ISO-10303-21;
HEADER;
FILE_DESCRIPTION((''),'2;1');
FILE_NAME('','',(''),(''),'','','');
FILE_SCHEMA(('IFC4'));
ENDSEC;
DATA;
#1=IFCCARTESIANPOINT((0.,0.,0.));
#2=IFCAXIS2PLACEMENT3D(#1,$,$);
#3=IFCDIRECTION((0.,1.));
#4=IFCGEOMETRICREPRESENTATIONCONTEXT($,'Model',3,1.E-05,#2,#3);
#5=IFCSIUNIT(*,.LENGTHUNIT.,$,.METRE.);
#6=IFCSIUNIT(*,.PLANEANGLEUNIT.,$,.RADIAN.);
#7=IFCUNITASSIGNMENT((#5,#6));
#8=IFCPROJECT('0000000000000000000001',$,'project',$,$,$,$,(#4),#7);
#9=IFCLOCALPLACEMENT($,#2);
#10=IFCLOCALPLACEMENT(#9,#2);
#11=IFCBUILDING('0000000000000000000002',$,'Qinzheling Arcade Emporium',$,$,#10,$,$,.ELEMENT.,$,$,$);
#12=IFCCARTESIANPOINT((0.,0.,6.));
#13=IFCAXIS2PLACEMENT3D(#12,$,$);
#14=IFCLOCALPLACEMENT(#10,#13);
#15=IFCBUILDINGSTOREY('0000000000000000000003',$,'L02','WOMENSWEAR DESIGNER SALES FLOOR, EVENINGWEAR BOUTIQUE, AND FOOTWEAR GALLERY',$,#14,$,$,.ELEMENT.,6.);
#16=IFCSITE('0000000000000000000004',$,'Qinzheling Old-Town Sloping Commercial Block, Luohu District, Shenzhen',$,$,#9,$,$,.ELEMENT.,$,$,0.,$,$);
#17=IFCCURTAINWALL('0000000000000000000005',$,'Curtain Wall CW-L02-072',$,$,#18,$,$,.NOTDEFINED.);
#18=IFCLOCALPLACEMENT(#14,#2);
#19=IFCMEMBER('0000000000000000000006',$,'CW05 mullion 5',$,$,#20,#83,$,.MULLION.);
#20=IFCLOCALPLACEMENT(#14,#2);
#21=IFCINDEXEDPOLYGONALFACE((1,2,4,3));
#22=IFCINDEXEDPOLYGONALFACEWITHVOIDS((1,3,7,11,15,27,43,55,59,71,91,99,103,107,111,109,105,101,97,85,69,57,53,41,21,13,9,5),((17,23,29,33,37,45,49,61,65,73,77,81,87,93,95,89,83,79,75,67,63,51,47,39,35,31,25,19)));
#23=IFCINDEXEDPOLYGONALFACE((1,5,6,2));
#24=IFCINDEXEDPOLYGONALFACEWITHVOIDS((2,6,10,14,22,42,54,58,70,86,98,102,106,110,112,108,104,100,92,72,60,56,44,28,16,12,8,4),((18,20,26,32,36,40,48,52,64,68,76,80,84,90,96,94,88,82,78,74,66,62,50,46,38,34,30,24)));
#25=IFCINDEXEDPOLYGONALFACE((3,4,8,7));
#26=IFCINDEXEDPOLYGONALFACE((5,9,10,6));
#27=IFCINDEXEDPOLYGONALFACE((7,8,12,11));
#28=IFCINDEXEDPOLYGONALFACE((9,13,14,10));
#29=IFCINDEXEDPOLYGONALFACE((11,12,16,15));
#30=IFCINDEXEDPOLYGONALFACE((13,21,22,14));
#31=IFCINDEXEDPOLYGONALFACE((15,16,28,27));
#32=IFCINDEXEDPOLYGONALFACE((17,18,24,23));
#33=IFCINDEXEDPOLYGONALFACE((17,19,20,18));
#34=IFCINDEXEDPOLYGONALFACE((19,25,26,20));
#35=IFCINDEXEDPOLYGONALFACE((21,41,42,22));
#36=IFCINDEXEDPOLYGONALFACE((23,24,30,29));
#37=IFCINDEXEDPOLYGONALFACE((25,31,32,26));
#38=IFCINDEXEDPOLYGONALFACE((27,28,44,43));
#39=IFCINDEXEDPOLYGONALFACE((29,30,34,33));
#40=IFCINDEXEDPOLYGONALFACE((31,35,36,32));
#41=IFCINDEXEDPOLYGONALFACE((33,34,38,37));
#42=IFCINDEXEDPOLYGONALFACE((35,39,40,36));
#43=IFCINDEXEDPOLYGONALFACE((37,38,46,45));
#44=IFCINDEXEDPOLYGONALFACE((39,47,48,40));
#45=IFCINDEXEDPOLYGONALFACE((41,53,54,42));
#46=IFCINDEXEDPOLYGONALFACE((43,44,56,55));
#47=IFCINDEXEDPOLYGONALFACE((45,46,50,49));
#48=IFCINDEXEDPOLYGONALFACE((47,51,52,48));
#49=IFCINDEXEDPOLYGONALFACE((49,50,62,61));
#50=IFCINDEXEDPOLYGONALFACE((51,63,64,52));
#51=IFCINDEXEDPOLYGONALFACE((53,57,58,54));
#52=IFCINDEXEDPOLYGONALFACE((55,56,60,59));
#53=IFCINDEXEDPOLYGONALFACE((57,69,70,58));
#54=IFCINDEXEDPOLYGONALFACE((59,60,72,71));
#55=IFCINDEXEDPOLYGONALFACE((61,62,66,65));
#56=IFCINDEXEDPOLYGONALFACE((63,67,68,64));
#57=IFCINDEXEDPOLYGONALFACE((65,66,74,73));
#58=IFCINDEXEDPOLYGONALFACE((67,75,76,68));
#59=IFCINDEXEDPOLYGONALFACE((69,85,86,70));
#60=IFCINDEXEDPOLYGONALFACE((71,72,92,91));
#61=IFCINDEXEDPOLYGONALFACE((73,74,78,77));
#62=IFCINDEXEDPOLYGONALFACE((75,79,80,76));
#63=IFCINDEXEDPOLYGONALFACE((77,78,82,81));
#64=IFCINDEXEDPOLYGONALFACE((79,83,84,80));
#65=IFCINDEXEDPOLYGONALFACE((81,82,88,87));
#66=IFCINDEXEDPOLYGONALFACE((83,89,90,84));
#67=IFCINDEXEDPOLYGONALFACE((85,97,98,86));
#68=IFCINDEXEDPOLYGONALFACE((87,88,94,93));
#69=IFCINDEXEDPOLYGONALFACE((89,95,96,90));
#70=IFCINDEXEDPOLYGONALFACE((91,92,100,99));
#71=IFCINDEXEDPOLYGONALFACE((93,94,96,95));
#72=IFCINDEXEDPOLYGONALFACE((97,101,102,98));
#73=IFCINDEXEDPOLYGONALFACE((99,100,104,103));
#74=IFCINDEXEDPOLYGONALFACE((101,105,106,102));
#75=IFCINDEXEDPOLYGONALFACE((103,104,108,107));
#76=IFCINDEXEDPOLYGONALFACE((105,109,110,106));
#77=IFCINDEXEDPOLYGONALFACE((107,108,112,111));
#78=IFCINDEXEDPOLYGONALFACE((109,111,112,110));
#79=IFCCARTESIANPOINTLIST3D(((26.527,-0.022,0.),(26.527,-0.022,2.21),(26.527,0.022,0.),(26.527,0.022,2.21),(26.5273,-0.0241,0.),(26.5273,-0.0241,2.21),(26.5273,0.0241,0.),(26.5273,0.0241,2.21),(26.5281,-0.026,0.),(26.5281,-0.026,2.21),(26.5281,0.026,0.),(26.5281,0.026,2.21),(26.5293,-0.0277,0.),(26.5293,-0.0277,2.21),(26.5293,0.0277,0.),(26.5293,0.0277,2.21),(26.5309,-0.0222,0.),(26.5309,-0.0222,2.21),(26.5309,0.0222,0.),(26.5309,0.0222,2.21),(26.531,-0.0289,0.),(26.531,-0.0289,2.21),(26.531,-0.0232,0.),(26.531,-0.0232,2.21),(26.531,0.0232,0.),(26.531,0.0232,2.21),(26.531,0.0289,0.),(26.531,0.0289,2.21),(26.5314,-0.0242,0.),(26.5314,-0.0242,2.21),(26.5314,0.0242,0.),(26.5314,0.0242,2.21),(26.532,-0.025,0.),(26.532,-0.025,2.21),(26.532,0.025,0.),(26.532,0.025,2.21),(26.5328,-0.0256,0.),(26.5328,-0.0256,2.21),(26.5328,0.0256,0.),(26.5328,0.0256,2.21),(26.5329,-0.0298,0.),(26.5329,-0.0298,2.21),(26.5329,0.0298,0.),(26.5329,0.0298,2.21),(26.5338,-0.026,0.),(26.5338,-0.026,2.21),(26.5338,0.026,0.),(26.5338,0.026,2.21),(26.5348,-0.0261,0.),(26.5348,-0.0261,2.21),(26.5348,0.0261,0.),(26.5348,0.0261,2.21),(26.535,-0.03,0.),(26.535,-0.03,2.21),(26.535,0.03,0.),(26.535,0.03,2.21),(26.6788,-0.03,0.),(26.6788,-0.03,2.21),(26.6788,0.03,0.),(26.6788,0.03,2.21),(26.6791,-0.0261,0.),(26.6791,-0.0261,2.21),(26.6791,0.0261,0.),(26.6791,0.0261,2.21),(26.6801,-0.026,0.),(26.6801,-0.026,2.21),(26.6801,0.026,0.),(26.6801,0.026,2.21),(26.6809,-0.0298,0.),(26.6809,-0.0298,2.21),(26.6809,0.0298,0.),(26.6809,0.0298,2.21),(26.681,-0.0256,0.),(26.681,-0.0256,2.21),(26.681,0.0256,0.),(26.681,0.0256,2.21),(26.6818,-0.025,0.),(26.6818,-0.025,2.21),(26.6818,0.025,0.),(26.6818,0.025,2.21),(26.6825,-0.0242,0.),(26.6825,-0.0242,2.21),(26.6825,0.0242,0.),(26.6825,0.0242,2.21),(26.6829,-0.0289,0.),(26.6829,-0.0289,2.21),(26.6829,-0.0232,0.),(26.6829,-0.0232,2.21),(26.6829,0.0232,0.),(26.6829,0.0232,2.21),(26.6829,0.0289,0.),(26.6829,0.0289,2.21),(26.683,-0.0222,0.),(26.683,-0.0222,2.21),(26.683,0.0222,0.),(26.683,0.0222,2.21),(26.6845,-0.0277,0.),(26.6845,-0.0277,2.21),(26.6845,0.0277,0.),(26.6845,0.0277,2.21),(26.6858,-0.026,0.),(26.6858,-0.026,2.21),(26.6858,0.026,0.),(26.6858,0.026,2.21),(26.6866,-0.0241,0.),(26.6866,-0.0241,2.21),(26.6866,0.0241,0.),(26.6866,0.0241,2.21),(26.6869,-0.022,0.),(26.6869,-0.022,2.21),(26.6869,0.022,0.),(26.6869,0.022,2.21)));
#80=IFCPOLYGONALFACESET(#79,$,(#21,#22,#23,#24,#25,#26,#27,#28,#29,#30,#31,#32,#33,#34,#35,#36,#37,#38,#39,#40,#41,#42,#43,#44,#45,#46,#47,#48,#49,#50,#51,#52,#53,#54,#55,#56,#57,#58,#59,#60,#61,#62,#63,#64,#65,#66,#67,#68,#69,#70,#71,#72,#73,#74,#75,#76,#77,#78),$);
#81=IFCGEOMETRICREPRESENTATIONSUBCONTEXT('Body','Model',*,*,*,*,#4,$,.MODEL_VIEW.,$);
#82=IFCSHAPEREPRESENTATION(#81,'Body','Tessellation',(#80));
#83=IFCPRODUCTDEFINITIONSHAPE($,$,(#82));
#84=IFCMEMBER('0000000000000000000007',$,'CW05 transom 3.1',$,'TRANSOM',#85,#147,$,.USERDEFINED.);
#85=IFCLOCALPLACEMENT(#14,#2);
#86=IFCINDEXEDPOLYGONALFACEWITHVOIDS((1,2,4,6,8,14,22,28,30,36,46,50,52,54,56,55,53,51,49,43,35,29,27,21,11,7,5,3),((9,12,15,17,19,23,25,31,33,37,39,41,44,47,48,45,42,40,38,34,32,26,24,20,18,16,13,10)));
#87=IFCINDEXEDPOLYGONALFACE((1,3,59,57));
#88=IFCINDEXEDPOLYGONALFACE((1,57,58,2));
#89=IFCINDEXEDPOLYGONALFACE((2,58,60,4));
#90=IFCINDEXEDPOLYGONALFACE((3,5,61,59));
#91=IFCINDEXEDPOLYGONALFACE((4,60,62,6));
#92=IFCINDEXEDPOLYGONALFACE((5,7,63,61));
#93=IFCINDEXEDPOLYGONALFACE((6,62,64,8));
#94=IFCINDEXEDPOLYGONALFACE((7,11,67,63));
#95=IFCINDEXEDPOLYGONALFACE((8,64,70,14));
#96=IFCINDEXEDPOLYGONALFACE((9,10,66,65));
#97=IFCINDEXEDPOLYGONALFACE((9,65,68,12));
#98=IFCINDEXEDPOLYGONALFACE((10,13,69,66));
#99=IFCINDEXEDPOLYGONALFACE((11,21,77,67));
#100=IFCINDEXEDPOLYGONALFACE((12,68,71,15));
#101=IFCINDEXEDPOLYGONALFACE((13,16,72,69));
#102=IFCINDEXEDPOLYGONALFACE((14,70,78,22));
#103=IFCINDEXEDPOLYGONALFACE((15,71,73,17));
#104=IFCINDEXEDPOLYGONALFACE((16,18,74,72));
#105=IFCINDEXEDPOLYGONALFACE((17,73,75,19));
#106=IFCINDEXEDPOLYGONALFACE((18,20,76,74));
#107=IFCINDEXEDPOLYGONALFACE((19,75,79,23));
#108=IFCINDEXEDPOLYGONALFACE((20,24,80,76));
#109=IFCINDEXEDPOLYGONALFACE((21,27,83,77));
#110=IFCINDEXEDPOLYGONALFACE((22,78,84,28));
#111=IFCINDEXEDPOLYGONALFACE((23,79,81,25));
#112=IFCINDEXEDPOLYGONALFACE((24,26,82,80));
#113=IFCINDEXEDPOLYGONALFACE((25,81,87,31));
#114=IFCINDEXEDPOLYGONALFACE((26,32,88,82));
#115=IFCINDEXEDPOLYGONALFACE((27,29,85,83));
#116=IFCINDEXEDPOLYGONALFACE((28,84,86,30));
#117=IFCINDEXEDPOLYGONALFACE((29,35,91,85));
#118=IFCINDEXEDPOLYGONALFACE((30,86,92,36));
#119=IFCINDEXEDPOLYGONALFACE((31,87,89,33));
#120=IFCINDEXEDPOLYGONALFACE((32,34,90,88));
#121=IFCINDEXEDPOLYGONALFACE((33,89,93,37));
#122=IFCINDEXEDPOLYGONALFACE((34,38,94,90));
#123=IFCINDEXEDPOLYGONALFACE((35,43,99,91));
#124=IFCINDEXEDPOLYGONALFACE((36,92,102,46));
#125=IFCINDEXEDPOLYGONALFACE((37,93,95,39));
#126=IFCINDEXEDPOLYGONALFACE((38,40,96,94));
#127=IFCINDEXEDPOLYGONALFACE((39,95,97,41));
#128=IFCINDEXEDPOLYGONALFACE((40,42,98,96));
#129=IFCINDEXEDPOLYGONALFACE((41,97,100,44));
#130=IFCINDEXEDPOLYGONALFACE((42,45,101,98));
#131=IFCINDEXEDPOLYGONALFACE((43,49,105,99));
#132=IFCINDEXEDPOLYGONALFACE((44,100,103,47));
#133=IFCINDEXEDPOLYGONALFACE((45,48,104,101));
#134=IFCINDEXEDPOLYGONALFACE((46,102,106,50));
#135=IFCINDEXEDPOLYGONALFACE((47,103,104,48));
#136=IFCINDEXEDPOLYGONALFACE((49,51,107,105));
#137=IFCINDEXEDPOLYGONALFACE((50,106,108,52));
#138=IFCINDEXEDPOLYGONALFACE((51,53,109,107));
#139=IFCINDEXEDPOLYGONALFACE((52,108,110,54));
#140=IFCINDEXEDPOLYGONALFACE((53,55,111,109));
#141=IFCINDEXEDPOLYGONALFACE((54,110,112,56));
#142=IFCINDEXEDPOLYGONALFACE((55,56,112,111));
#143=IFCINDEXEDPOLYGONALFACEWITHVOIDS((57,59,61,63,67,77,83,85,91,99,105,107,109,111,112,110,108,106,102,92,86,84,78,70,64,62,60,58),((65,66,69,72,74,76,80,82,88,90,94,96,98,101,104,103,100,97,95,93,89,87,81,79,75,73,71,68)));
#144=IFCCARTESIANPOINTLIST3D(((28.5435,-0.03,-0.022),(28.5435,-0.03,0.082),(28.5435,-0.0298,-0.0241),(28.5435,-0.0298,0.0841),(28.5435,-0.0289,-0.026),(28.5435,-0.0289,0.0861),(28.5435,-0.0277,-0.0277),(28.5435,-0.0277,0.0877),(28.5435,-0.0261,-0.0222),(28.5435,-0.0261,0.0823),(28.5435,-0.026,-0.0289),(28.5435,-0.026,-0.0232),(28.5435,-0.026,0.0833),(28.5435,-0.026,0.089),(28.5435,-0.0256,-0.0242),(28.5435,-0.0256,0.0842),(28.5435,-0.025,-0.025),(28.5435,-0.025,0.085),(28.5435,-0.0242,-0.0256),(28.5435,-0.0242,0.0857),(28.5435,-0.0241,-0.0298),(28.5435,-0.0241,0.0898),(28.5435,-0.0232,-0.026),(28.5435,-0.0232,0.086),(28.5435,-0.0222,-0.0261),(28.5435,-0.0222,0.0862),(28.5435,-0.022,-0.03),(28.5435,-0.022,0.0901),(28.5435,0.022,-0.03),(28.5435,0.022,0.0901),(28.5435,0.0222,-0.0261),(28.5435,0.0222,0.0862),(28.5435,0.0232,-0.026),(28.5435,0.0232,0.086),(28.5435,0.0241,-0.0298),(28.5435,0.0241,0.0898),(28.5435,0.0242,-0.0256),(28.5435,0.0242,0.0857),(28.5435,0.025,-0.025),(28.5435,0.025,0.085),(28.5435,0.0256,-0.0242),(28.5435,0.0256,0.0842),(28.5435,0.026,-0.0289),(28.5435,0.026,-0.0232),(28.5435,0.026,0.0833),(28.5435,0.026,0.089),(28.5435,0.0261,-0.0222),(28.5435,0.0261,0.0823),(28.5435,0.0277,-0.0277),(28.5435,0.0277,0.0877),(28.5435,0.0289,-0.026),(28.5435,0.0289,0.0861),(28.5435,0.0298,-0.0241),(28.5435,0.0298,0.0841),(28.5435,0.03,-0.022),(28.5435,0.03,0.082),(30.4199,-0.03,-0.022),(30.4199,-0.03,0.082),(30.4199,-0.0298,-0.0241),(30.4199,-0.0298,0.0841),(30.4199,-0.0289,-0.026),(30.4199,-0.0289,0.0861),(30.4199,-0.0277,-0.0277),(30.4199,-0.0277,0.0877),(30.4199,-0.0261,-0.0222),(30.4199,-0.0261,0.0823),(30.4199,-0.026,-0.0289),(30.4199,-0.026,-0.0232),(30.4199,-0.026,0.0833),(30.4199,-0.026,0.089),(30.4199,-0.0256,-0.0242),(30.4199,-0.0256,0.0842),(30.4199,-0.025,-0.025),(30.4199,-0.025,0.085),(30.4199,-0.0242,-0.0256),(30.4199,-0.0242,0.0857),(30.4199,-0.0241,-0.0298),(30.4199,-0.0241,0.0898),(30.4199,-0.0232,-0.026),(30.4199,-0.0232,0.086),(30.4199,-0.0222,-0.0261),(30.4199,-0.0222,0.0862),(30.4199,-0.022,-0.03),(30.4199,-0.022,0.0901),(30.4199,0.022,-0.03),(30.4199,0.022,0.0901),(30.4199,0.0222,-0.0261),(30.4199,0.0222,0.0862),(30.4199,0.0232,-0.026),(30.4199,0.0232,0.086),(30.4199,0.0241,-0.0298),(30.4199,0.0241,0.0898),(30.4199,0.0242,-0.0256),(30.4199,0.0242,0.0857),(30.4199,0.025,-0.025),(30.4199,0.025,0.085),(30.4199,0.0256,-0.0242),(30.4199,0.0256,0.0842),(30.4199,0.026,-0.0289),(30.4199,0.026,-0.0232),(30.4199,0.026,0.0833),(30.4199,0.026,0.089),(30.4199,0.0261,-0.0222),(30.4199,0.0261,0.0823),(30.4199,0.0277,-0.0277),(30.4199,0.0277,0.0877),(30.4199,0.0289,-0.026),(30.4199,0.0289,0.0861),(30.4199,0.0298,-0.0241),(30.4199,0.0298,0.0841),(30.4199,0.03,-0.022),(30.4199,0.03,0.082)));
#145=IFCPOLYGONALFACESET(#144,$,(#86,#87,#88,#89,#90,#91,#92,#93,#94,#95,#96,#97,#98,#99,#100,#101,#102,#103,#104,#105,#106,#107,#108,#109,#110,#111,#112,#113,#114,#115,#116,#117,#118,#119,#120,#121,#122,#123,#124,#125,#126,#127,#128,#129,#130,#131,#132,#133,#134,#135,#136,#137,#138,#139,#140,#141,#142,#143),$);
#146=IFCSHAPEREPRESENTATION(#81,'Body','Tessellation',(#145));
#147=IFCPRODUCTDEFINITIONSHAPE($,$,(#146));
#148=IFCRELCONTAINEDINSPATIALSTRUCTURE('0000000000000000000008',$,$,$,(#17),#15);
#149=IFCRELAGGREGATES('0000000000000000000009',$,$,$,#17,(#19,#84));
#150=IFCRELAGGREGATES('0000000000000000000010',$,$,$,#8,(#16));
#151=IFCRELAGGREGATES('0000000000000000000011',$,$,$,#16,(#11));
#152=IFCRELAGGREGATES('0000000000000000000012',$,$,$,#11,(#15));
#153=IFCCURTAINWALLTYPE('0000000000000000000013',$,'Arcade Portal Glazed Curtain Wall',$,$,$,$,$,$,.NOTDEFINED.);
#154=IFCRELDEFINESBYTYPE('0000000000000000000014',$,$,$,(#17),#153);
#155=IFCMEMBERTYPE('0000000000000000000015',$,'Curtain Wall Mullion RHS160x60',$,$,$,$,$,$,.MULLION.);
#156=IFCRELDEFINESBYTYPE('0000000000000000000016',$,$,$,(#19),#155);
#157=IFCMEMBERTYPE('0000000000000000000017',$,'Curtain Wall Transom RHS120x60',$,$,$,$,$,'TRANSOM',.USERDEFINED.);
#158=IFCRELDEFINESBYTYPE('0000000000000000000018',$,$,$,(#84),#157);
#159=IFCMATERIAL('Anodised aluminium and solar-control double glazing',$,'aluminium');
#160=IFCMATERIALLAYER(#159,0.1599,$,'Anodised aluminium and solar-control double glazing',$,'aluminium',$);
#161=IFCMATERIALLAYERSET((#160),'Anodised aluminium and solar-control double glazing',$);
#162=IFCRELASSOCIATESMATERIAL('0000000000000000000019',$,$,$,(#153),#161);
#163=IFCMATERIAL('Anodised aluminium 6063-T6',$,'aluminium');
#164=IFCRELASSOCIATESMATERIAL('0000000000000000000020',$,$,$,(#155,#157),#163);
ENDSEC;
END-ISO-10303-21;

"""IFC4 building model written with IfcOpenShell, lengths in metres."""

from ifc_helpers import new_model, si_unit, direction, frame, origin, origin_2d, place, context, subcontext, project, spatial, hollow_rectangle, extrude, material, layer, layer_set, material_profile, profile_set, type_object, element, aggregate, save


model = new_model("IFC4")

# Units and contexts
model_context = context("Model", 3, precision=1e-05, world=origin(), true_north=direction((0.0, 1.0)))
body_context = subcontext(model_context, "Body", "Model", "MODEL_VIEW")
ifc_project = project(units=[si_unit("LENGTHUNIT", "METRE"), si_unit("PLANEANGLEUNIT", "RADIAN")], contexts=[model_context])

# Site, building, storey
site_placement = place(None, origin())
site = spatial("IfcSite", under=ifc_project, at=site_placement, Name="Qinzheling Old-Town Sloping Commercial Block, Luohu District, Shenzhen", CompositionType="ELEMENT", RefElevation=0.0)
building_placement = place(site_placement, origin())
building = spatial("IfcBuilding", under=site, at=building_placement, Name="Qinzheling Arcade Emporium", CompositionType="ELEMENT")
storey_placement = place(building_placement, frame((0.0, 0.0, 6.0)))
storey = spatial("IfcBuildingStorey", under=building, at=storey_placement, Name="L02", Description="WOMENSWEAR DESIGNER SALES FLOOR, EVENINGWEAR BOUTIQUE, AND FOOTWEAR GALLERY", CompositionType="ELEMENT", Elevation=6.0)

# Curtain wall, members
ifc_material_1 = material(Name="Anodised aluminium and solar-control double glazing", Category="aluminium")
ifc_layer_1 = layer(ifc_material_1, 0.1599, Name="Anodised aluminium and solar-control double glazing", Category="aluminium")
ifc_layer_set_1 = layer_set([ifc_layer_1], Name="Anodised aluminium and solar-control double glazing")
curtain_wall_type = type_object("IfcCurtainWallType", Name="Arcade Portal Glazed Curtain Wall", PredefinedType="NOTDEFINED", material=ifc_layer_set_1)
curtain_wall_placement = place(storey_placement, origin())
curtain_wall = element("IfcCurtainWall", 1, at=curtain_wall_placement, inside=storey, type_object=curtain_wall_type, Name="Curtain Wall CW-L02-072", PredefinedType="NOTDEFINED")
ifc_material_2 = material(Name="Anodised aluminium 6063-T6", Category="aluminium")
ifc_material_profile_1 = material_profile(ifc_material_2, hollow_rectangle(XDim=0.0601, YDim=0.1599, WallThickness=0.0039, InnerFilletRadius=0.0039, OuterFilletRadius=0.0081, at=origin_2d()), Name="RHS 160x60x4", Category="aluminium")
ifc_profile_set_1 = profile_set([ifc_material_profile_1], Name="Anodised aluminium 6063-T6")
member_type_1 = type_object("IfcMemberType", Name="Curtain Wall Mullion RHS160x60", PredefinedType="MULLION", material=ifc_profile_set_1)
member_1_placement = place(storey_placement, frame((26.6069, 0.0, 0.0), z_axis=(0.0, 0.0, 1.0), x_axis=(0.0, -1.0, 0.0)))
member_1 = element("IfcMember", 2, at=member_1_placement, type_object=member_type_1, Name="CW05 mullion 5", PredefinedType="MULLION", context=body_context, shape_type="SweptSolid", body=[
    extrude(hollow_rectangle(XDim=0.0601, YDim=0.1599, WallThickness=0.0039, InnerFilletRadius=0.0039, OuterFilletRadius=0.0081, at=origin_2d()), origin(), (0.0, 0.0, 1.0), 2.21),
])
ifc_material_profile_2 = material_profile(ifc_material_2, hollow_rectangle(XDim=0.0601, YDim=0.1201, WallThickness=0.0039, InnerFilletRadius=0.0039, OuterFilletRadius=0.0081, at=origin_2d()), Name="RHS 120x60x4", Category="aluminium")
ifc_profile_set_2 = profile_set([ifc_material_profile_2], Name="Anodised aluminium 6063-T6")
member_type_2 = type_object("IfcMemberType", Name="Curtain Wall Transom RHS120x60", ElementType="TRANSOM", PredefinedType="USERDEFINED", material=ifc_profile_set_2)
member_2_placement = place(storey_placement, frame((30.4199, 0.0, 0.03), z_axis=(-1.0, 0.0, 0.0), x_axis=(0.0, -1.0, 0.0)))
member_2 = element("IfcMember", 3, at=member_2_placement, type_object=member_type_2, Name="CW05 transom 3.1", ObjectType="TRANSOM", PredefinedType="USERDEFINED", context=body_context, shape_type="SweptSolid", body=[
    extrude(hollow_rectangle(XDim=0.0601, YDim=0.1201, WallThickness=0.0039, InnerFilletRadius=0.0039, OuterFilletRadius=0.0081, at=origin_2d()), origin(), (0.0, 0.0, 1.0), 1.8765),
])

aggregate(curtain_wall, [member_1, member_2])

save(model, "model.ifc")
